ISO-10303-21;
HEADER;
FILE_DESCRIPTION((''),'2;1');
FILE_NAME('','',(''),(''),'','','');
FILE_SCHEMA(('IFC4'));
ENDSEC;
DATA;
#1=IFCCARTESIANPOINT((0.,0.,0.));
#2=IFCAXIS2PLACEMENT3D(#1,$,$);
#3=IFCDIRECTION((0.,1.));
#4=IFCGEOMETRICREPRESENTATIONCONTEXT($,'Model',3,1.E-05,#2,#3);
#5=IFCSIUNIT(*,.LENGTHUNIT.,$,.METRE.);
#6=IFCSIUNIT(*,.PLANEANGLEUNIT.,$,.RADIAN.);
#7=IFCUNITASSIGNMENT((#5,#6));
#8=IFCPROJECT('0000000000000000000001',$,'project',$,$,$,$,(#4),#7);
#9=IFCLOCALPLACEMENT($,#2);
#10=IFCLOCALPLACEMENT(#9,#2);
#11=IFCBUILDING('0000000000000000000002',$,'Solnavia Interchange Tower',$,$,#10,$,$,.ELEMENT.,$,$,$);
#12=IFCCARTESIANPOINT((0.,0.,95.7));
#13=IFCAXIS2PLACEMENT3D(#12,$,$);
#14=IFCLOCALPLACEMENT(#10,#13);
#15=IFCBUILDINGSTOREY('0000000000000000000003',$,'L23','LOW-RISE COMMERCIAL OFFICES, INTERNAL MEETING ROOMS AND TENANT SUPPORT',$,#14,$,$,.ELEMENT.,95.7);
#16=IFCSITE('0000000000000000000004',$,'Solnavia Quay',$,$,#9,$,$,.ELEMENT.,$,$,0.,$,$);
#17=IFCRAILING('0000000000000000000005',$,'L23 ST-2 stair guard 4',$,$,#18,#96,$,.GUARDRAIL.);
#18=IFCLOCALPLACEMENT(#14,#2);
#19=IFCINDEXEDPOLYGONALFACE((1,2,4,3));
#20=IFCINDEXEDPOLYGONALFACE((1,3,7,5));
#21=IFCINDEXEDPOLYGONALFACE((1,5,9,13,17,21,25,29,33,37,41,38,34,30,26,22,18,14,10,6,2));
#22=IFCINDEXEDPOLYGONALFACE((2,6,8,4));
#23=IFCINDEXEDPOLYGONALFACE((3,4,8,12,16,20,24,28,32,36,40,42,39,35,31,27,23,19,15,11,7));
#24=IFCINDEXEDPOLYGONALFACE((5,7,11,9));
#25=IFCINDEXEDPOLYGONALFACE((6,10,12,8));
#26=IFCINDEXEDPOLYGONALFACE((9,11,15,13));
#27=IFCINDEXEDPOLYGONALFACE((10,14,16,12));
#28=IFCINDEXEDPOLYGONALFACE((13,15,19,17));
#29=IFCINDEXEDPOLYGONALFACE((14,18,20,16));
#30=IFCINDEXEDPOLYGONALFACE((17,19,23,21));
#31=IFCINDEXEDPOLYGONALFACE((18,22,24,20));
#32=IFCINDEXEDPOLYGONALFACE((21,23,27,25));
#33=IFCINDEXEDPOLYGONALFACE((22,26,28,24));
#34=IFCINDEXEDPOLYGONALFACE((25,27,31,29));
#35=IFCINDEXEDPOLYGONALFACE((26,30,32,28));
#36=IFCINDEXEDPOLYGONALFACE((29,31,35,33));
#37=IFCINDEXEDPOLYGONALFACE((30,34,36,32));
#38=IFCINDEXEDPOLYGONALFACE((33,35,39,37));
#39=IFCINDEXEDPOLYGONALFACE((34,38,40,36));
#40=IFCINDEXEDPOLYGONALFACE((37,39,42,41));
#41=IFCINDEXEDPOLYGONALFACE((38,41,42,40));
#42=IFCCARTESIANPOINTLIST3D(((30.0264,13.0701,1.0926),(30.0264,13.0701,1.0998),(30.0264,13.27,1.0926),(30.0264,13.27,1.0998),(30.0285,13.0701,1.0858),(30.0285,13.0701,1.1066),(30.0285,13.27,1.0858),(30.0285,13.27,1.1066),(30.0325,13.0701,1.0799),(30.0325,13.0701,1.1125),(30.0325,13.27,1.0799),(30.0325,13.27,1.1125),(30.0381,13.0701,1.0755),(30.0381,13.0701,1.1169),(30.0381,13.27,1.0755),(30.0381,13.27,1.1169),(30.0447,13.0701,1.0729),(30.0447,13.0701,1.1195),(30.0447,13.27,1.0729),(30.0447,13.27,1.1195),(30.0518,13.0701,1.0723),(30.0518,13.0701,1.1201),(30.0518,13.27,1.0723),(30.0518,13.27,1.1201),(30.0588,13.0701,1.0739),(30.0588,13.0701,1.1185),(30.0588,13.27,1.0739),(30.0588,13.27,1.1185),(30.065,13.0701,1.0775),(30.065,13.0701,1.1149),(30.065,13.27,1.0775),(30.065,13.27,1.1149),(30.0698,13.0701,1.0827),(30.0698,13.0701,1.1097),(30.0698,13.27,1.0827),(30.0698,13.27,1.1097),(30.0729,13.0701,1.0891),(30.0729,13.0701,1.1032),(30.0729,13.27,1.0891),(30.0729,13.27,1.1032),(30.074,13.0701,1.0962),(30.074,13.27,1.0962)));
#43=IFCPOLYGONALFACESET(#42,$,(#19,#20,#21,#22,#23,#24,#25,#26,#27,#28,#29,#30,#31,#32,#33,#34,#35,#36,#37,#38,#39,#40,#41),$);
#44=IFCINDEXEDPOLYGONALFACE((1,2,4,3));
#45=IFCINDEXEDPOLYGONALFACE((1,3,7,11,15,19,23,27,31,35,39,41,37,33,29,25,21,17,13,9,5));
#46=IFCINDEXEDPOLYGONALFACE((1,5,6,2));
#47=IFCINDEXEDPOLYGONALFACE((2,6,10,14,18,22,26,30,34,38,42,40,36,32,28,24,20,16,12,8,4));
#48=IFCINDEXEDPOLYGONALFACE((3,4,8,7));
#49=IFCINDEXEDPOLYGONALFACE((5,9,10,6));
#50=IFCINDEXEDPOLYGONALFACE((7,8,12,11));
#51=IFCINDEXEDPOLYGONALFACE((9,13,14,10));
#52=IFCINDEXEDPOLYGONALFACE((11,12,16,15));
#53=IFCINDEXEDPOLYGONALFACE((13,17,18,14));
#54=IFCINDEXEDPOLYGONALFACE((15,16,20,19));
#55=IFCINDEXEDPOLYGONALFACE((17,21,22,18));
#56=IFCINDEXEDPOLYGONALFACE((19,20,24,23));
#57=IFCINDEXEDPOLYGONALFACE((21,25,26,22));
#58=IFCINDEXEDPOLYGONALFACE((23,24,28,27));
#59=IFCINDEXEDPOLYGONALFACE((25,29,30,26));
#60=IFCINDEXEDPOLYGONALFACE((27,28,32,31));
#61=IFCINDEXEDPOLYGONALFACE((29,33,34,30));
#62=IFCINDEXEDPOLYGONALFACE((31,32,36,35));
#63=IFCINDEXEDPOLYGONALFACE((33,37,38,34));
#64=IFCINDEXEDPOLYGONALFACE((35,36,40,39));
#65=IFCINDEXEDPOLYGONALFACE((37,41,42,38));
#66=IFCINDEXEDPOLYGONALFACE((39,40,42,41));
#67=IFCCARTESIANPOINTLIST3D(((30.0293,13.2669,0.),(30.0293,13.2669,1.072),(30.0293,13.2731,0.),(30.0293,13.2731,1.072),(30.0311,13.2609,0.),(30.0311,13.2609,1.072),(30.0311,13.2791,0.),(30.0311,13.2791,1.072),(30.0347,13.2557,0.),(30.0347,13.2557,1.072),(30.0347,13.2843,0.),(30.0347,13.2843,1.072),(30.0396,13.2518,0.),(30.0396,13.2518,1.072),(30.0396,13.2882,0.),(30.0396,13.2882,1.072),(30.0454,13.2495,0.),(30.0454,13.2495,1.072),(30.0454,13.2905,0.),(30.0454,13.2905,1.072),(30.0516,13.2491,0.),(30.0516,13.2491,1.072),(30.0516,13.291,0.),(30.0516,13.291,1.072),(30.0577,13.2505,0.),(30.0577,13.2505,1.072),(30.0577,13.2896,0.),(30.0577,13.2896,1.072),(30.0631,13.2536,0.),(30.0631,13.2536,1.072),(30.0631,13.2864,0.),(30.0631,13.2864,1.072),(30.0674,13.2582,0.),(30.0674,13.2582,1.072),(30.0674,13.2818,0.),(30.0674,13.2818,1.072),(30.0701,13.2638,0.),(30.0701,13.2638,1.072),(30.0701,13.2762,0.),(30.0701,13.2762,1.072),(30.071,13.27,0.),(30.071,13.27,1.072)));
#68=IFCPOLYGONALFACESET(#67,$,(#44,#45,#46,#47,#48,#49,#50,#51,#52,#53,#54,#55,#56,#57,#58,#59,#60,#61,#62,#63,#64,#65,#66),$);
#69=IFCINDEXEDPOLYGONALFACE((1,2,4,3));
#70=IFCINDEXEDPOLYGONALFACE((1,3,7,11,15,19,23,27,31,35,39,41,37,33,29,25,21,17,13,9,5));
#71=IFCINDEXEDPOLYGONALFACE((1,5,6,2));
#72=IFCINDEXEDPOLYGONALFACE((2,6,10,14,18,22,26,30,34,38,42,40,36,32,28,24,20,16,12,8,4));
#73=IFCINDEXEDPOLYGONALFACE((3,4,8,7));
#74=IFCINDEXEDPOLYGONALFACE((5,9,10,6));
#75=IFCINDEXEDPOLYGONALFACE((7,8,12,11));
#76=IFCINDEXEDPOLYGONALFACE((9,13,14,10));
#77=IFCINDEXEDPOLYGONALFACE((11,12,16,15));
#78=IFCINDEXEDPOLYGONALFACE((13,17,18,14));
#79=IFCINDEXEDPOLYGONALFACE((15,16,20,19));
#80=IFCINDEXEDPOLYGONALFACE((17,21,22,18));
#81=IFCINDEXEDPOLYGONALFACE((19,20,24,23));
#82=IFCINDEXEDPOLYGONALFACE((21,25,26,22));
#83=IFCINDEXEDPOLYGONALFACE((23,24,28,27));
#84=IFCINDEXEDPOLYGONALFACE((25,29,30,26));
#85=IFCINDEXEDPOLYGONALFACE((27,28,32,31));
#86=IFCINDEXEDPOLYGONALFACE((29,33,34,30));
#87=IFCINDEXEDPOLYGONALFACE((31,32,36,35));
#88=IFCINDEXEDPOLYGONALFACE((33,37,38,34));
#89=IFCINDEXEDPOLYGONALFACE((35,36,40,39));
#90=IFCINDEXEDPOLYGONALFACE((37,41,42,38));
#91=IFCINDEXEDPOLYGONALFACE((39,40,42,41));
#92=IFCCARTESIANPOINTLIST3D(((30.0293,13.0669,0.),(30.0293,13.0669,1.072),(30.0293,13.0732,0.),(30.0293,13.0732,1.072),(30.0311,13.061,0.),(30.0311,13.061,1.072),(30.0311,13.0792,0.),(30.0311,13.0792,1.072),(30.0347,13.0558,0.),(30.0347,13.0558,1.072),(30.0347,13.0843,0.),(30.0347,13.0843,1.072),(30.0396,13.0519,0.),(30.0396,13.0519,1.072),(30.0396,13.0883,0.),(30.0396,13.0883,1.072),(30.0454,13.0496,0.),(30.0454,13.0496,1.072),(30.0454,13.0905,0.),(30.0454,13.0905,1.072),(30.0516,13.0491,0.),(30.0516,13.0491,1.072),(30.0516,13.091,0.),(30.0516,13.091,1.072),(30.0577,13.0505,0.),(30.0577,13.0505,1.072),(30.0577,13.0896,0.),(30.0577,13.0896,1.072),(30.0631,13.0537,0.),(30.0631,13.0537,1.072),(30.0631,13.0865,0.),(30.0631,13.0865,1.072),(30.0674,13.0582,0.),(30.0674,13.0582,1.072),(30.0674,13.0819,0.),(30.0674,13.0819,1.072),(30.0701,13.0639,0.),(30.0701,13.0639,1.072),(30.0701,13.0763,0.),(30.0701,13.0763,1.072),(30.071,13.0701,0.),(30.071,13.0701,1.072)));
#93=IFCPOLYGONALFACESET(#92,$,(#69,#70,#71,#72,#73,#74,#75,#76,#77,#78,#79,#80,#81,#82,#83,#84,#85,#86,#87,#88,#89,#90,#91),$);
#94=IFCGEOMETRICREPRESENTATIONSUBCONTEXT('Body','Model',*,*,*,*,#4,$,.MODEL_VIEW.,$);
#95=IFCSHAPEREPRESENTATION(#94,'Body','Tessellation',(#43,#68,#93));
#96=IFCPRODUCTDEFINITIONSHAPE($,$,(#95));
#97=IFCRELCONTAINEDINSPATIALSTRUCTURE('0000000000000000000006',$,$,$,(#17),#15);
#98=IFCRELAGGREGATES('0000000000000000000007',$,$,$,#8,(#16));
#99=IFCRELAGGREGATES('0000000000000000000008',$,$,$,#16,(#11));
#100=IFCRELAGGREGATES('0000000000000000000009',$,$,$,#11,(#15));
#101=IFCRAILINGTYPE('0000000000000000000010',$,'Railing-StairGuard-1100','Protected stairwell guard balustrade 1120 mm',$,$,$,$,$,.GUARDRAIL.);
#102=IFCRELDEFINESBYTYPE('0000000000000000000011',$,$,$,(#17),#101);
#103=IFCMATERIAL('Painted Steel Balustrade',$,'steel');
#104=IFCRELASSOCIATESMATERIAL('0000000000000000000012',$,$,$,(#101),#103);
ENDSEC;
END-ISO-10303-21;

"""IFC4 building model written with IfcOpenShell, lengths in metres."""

from ifc_helpers import new_model, si_unit, direction, frame, origin, origin_2d, place, context, subcontext, project, spatial, circle, extrude, material, type_object, element, save


model = new_model("IFC4")

# Units and contexts
model_context = context("Model", 3, precision=1e-05, world=origin(), true_north=direction((0.0, 1.0)))
body_context = subcontext(model_context, "Body", "Model", "MODEL_VIEW")
ifc_project = project(units=[si_unit("LENGTHUNIT", "METRE"), si_unit("PLANEANGLEUNIT", "RADIAN")], contexts=[model_context])

# Site, building, storey
site_placement = place(None, origin())
site = spatial("IfcSite", under=ifc_project, at=site_placement, Name="Solnavia Quay", CompositionType="ELEMENT", RefElevation=0.0)
building_placement = place(site_placement, origin())
building = spatial("IfcBuilding", under=site, at=building_placement, Name="Solnavia Interchange Tower", CompositionType="ELEMENT")
storey_placement = place(building_placement, frame((0.0, 0.0, 95.7)))
storey = spatial("IfcBuildingStorey", under=building, at=storey_placement, Name="L23", Description="LOW-RISE COMMERCIAL OFFICES, INTERNAL MEETING ROOMS AND TENANT SUPPORT", CompositionType="ELEMENT", Elevation=95.7)

# Railing
ifc_material_1 = material(Name="Painted Steel Balustrade", Category="steel")
railing_type_1 = type_object("IfcRailingType", Name="Railing-StairGuard-1100", Description="Protected stairwell guard balustrade 1120 mm", PredefinedType="GUARDRAIL", material=ifc_material_1)
railing_1_placement = place(storey_placement, frame((30.05, 13.27, 0.0)))
element("IfcRailing", 1, at=railing_1_placement, inside=storey, type_object=railing_type_1, Name="L23 ST-2 stair guard 4", PredefinedType="GUARDRAIL", context=body_context, shape_type="SweptSolid", body=[
    extrude(circle(Radius=0.0239, at=origin_2d()), frame((0.0, 0.0, 1.0962), z_axis=(0.0, -1.0, 0.0), x_axis=(1.0, 0.0, 0.0)), (0.0, 0.0, 1.0), 0.2),
    extrude(circle(Radius=0.021, at=origin_2d()), origin(), (0.0, 0.0, 1.0), 1.072),
    extrude(circle(Radius=0.021, at=origin_2d()), frame((0.0, -0.2, 0.0)), (0.0, 0.0, 1.0), 1.072),
])

save(model, "model.ifc")
